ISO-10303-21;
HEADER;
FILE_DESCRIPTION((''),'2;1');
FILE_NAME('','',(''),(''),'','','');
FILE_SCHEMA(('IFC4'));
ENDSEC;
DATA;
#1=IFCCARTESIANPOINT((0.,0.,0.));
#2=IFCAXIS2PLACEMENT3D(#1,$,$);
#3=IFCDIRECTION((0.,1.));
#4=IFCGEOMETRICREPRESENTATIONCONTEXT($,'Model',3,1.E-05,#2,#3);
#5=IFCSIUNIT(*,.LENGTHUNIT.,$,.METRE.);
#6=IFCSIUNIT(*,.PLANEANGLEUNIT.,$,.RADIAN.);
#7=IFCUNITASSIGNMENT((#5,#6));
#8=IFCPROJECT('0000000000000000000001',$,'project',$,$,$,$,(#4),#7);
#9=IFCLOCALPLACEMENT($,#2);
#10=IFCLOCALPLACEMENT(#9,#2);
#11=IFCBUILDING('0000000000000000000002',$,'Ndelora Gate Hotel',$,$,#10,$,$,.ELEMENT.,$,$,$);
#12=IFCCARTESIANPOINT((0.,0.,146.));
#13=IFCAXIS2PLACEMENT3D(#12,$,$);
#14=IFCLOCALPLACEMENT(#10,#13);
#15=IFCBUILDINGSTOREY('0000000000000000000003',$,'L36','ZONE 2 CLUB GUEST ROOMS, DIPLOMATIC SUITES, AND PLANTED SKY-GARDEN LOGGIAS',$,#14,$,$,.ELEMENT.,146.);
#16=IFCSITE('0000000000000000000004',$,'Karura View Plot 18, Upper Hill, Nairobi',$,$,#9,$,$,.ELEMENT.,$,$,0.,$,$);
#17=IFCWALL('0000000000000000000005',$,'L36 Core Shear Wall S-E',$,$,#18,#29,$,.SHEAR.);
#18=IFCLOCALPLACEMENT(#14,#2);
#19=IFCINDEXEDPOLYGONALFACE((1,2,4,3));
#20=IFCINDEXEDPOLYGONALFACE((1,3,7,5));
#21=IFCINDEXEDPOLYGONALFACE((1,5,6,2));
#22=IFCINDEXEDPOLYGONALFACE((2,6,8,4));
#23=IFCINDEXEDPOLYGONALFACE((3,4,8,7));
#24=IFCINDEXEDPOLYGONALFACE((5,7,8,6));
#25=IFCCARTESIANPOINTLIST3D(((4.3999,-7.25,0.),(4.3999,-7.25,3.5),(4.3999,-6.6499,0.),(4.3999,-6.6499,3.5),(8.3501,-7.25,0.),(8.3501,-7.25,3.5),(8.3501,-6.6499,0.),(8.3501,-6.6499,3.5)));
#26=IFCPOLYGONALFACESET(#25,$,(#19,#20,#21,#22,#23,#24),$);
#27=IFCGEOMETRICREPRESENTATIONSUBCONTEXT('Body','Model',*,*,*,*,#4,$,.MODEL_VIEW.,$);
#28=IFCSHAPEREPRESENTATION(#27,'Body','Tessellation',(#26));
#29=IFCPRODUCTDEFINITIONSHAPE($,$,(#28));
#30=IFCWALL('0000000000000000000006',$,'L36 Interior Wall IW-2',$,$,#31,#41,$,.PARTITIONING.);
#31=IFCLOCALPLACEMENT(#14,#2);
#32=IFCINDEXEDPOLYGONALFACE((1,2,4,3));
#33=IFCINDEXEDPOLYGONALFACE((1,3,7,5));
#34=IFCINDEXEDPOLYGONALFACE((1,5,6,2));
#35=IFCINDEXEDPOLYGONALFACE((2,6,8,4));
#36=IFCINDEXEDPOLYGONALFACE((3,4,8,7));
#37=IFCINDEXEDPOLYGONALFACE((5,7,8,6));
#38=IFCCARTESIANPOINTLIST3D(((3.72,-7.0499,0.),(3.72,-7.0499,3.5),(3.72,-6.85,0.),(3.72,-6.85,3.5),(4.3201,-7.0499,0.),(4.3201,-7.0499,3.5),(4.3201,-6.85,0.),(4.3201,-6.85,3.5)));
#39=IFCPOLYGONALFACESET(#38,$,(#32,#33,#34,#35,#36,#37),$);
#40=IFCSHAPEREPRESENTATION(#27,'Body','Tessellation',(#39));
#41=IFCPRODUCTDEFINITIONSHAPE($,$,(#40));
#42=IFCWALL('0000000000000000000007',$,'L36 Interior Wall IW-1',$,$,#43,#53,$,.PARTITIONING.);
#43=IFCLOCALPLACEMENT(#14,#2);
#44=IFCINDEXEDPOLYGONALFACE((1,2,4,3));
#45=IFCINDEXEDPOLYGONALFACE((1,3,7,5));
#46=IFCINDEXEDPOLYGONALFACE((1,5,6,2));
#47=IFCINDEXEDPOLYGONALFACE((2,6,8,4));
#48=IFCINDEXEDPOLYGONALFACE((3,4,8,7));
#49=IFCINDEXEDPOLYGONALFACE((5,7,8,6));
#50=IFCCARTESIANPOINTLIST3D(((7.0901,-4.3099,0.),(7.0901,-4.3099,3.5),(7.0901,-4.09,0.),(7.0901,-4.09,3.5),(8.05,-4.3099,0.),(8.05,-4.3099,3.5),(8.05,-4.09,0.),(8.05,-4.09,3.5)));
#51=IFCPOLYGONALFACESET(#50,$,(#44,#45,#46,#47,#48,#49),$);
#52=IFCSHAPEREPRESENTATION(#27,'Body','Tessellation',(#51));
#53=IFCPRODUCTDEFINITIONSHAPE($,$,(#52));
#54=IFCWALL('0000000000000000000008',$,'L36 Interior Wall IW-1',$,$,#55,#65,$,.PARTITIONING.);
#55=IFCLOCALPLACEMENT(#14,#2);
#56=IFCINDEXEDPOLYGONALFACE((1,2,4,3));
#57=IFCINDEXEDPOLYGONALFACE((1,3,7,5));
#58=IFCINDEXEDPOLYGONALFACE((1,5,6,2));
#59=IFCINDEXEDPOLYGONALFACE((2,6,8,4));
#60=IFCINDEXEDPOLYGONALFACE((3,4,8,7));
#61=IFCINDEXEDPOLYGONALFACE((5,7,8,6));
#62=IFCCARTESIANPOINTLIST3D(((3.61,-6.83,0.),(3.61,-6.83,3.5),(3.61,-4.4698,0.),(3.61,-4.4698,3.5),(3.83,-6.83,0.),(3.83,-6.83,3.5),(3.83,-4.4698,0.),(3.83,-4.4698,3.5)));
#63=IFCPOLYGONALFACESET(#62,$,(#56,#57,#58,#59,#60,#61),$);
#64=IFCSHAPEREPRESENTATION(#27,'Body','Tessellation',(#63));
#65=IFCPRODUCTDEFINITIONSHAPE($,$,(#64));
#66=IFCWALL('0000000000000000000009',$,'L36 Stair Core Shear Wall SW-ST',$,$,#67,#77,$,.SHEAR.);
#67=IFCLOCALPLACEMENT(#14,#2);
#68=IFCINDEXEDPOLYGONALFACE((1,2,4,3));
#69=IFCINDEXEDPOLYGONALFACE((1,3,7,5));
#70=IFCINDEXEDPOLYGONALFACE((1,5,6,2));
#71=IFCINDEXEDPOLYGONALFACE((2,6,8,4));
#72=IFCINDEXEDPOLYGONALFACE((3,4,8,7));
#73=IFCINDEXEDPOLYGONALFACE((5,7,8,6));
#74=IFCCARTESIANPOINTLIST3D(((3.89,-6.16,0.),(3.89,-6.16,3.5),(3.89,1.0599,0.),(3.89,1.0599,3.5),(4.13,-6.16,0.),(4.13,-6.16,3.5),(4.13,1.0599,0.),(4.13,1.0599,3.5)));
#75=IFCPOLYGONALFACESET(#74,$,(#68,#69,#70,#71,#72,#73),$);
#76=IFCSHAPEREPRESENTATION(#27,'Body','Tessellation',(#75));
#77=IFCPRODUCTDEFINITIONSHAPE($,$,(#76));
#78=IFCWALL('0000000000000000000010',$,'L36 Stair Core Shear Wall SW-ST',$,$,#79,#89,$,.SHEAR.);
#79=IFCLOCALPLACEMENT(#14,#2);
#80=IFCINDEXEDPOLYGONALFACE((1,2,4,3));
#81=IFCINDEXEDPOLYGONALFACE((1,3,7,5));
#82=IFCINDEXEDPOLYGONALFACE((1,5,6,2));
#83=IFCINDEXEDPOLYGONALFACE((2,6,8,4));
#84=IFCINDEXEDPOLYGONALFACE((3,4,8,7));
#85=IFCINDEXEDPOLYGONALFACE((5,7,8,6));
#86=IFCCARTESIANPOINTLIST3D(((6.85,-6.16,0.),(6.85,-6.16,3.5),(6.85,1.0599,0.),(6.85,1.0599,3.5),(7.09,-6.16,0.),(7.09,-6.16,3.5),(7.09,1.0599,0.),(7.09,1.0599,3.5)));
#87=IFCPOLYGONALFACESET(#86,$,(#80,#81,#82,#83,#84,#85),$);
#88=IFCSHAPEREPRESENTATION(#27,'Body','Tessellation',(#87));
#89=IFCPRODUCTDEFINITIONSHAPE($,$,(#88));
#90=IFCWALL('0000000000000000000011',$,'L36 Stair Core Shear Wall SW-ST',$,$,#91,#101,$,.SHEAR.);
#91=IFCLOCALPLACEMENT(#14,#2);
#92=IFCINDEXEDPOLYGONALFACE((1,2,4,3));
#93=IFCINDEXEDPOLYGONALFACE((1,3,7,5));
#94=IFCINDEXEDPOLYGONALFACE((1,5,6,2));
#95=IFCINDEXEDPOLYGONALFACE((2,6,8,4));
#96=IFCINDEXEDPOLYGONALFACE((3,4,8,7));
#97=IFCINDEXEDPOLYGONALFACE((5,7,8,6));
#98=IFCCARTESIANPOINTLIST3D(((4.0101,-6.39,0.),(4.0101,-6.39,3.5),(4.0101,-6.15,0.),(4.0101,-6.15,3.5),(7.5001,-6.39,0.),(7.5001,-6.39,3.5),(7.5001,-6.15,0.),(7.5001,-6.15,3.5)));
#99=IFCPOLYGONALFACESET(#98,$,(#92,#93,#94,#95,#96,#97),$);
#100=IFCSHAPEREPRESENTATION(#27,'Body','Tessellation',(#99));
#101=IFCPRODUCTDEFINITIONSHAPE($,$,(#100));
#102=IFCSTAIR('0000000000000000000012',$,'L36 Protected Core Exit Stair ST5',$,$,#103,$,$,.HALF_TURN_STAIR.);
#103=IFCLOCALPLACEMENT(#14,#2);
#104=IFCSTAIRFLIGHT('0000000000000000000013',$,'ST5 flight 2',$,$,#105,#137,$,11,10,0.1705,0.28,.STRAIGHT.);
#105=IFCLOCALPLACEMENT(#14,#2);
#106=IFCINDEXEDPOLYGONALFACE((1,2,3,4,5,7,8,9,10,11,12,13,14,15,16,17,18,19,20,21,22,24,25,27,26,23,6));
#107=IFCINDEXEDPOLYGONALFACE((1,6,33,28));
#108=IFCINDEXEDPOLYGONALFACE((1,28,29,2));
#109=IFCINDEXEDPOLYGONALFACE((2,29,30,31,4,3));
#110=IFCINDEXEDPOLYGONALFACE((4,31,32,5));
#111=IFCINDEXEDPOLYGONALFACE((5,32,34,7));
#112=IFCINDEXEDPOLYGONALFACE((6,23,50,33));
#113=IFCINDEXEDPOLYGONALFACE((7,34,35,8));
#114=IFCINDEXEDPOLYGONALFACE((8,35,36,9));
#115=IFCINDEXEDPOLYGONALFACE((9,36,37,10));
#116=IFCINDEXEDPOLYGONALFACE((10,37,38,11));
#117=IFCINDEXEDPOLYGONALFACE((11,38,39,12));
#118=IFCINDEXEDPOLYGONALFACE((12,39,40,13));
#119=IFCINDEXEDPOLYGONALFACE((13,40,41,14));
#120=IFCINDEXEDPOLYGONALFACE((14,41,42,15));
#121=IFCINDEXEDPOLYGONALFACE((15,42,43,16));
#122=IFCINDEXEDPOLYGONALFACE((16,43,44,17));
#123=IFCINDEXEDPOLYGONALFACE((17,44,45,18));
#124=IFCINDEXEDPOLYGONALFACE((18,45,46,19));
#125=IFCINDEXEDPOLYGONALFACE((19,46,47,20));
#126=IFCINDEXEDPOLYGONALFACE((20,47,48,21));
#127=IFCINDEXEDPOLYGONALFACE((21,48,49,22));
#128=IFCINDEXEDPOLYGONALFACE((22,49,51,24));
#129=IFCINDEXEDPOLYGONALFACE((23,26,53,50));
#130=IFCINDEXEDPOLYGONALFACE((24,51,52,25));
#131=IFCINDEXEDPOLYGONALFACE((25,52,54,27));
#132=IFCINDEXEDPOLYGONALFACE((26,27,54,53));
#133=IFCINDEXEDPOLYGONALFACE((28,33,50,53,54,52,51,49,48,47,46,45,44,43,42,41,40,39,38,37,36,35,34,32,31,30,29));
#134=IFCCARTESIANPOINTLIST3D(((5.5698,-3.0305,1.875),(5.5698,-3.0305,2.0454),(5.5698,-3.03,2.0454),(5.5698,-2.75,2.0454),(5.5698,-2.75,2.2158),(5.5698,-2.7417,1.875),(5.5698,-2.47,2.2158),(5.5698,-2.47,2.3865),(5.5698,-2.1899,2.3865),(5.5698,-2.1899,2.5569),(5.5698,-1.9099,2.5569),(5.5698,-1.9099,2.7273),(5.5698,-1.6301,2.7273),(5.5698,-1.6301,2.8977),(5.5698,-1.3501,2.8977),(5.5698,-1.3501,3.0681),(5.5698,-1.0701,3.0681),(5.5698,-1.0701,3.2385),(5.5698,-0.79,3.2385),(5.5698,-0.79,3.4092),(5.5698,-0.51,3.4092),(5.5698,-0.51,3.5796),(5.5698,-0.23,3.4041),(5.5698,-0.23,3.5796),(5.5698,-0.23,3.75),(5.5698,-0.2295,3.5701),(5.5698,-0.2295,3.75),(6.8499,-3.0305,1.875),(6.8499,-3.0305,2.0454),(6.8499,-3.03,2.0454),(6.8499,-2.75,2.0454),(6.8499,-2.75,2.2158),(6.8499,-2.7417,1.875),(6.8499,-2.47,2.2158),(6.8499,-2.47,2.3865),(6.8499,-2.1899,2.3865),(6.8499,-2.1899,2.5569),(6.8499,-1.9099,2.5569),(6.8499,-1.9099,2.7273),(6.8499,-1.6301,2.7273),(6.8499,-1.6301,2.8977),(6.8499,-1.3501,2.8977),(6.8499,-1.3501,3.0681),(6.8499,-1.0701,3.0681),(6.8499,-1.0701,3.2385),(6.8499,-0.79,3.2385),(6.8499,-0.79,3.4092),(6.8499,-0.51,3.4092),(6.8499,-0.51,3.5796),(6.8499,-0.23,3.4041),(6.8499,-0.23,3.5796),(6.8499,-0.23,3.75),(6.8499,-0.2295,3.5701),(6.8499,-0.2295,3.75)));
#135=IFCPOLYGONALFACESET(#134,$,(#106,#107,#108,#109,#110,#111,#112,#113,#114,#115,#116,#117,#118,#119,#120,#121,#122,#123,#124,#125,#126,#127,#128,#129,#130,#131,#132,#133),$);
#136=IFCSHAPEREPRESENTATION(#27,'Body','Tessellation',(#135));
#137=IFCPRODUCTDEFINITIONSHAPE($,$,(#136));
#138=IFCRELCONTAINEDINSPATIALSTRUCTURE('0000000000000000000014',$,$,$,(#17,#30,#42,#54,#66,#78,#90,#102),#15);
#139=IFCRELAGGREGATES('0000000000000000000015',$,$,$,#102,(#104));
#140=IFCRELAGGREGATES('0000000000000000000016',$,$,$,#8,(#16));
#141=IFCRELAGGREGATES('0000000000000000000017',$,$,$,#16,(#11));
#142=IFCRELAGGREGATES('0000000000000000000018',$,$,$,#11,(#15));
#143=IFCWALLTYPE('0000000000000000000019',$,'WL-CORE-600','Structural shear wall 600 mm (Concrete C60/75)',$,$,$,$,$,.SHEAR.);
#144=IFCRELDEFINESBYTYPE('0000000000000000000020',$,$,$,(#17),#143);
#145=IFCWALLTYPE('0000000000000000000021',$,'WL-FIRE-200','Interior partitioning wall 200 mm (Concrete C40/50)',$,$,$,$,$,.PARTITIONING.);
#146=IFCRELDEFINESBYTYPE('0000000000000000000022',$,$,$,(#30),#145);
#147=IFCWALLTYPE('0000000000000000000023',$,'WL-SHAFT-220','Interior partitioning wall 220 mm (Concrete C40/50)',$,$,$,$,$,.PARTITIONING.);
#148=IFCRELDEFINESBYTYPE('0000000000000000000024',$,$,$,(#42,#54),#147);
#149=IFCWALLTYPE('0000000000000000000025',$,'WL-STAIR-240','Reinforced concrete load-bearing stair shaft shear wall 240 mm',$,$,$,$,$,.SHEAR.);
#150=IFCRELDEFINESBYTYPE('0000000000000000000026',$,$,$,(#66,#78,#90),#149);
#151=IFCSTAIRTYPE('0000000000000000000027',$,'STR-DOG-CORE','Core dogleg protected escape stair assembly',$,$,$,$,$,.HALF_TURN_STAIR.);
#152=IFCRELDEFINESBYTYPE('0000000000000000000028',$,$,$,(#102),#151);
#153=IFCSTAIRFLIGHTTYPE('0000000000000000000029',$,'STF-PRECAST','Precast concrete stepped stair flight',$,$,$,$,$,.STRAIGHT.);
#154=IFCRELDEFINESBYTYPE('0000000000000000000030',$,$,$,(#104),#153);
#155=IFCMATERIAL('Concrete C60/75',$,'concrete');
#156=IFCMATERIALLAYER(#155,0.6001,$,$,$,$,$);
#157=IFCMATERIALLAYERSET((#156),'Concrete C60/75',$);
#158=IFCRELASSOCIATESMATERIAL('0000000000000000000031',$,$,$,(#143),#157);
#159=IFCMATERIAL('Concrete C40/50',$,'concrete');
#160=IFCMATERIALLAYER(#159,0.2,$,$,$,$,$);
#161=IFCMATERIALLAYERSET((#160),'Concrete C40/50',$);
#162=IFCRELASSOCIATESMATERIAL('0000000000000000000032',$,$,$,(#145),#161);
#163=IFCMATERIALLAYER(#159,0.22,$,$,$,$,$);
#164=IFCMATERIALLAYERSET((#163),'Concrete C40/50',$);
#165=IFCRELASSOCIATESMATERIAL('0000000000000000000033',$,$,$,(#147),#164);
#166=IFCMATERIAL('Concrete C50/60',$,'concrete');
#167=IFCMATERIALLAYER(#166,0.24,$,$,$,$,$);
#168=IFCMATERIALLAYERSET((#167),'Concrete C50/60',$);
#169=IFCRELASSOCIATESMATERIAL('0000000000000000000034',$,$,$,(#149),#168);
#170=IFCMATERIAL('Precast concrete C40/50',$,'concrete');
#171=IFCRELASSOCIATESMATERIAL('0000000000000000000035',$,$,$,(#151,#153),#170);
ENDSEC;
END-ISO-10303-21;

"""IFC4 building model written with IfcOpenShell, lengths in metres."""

from ifc_helpers import new_model, si_unit, direction, frame, frame_2d, origin, place, context, subcontext, project, spatial, polyline, rectangle, outline, extrude, material, layer, layer_set, type_object, element, aggregate, save


model = new_model("IFC4")

# Units and contexts
model_context = context("Model", 3, precision=1e-05, world=origin(), true_north=direction((0.0, 1.0)))
body_context = subcontext(model_context, "Body", "Model", "MODEL_VIEW")
ifc_project = project(units=[si_unit("LENGTHUNIT", "METRE"), si_unit("PLANEANGLEUNIT", "RADIAN")], contexts=[model_context])

# Site, building, storey
site_placement = place(None, origin())
site = spatial("IfcSite", under=ifc_project, at=site_placement, Name="Karura View Plot 18, Upper Hill, Nairobi", CompositionType="ELEMENT", RefElevation=0.0)
building_placement = place(site_placement, origin())
building = spatial("IfcBuilding", under=site, at=building_placement, Name="Ndelora Gate Hotel", CompositionType="ELEMENT")
storey_placement = place(building_placement, frame((0.0, 0.0, 146.0)))
storey = spatial("IfcBuildingStorey", under=building, at=storey_placement, Name="L36", Description="ZONE 2 CLUB GUEST ROOMS, DIPLOMATIC SUITES, AND PLANTED SKY-GARDEN LOGGIAS", CompositionType="ELEMENT", Elevation=146.0)

# Shared definitions
ifc_material_1 = material(Name="Concrete C60/75", Category="concrete")

# Walls
ifc_layer_1 = layer(ifc_material_1, 0.6001)
ifc_layer_set_1 = layer_set([ifc_layer_1], Name="Concrete C60/75")
wall_type_1 = type_object("IfcWallType", Name="WL-CORE-600", Description="Structural shear wall 600 mm (Concrete C60/75)", PredefinedType="SHEAR", material=ifc_layer_set_1)
wall_1_placement = place(storey_placement, frame((4.3999, -6.95, 0.0), z_axis=(0.0, 0.0, 1.0), x_axis=(1.0, 0.0, 0.0)))
element("IfcWall", 1, at=wall_1_placement, inside=storey, type_object=wall_type_1, Name="L36 Core Shear Wall S-E", PredefinedType="SHEAR", context=body_context, shape_type="SweptSolid", body=[
    extrude(rectangle(XDim=3.9502, YDim=0.6001, at=frame_2d((1.9751, 0.0))), origin(), (0.0, 0.0, 1.0), 3.5),
])
ifc_material_2 = material(Name="Concrete C40/50", Category="concrete")
ifc_layer_2 = layer(ifc_material_2, 0.2)
ifc_layer_set_2 = layer_set([ifc_layer_2], Name="Concrete C40/50")
wall_type_2 = type_object("IfcWallType", Name="WL-FIRE-200", Description="Interior partitioning wall 200 mm (Concrete C40/50)", PredefinedType="PARTITIONING", material=ifc_layer_set_2)
wall_2_placement = place(storey_placement, frame((3.72, -6.95, 0.0), z_axis=(0.0, 0.0, 1.0), x_axis=(1.0, 0.0, 0.0)))
element("IfcWall", 2, at=wall_2_placement, inside=storey, type_object=wall_type_2, Name="L36 Interior Wall IW-2", PredefinedType="PARTITIONING", context=body_context, shape_type="SweptSolid", body=[
    extrude(rectangle(XDim=0.6001, YDim=0.2, at=frame_2d((0.3, 0.0))), origin(), (0.0, 0.0, 1.0), 3.5),
])
ifc_layer_3 = layer(ifc_material_2, 0.22)
ifc_layer_set_3 = layer_set([ifc_layer_3], Name="Concrete C40/50")
wall_type_3 = type_object("IfcWallType", Name="WL-SHAFT-220", Description="Interior partitioning wall 220 mm (Concrete C40/50)", PredefinedType="PARTITIONING", material=ifc_layer_set_3)
wall_3_placement = place(storey_placement, frame((7.0901, -4.2, 0.0), z_axis=(0.0, 0.0, 1.0), x_axis=(1.0, 0.0, 0.0)))
element("IfcWall", 3, at=wall_3_placement, inside=storey, type_object=wall_type_3, Name="L36 Interior Wall IW-1", PredefinedType="PARTITIONING", context=body_context, shape_type="SweptSolid", body=[
    extrude(rectangle(XDim=0.96, YDim=0.22, at=frame_2d((0.48, 0.0))), origin(), (0.0, 0.0, 1.0), 3.5),
])
wall_4_placement = place(storey_placement, frame((3.72, -6.8301, 0.0), z_axis=(0.0, 0.0, 1.0), x_axis=(0.0, 1.0, 0.0)))
element("IfcWall", 4, at=wall_4_placement, inside=storey, type_object=wall_type_3, Name="L36 Interior Wall IW-1", PredefinedType="PARTITIONING", context=body_context, shape_type="SweptSolid", body=[
    extrude(rectangle(XDim=2.3601, YDim=0.22, at=frame_2d((1.1802, 0.0))), origin(), (0.0, 0.0, 1.0), 3.5),
])
ifc_material_3 = material(Name="Concrete C50/60", Category="concrete")
ifc_layer_4 = layer(ifc_material_3, 0.24)
ifc_layer_set_4 = layer_set([ifc_layer_4], Name="Concrete C50/60")
wall_type_4 = type_object("IfcWallType", Name="WL-STAIR-240", Description="Reinforced concrete load-bearing stair shaft shear wall 240 mm", PredefinedType="SHEAR", material=ifc_layer_set_4)
for number, where, z_axis, x_axis, name in (
    (5, (4.01, -6.1599, 0.0), (0.0, 0.0, 1.0), (0.0, 1.0, 0.0), "L36 Stair Core Shear Wall SW-ST"),
    (6, (6.97, -6.1599, 0.0), (0.0, 0.0, 1.0), (0.0, 1.0, 0.0), "L36 Stair Core Shear Wall SW-ST"),
):
    element("IfcWall", number, at=place(storey_placement, frame(where, z_axis=z_axis, x_axis=x_axis)), inside=storey, type_object=wall_type_4, Name=name, PredefinedType="SHEAR", context=body_context, shape_type="SweptSolid", body=[
        extrude(rectangle(XDim=7.22, YDim=0.24, at=frame_2d((3.6099, 0.0))), origin(), (0.0, 0.0, 1.0), 3.5),
    ])
wall_5_placement = place(storey_placement, frame((4.01, -6.27, 0.0), z_axis=(0.0, 0.0, 1.0), x_axis=(1.0, 0.0, 0.0)))
element("IfcWall", 7, at=wall_5_placement, inside=storey, type_object=wall_type_4, Name="L36 Stair Core Shear Wall SW-ST", PredefinedType="SHEAR", context=body_context, shape_type="SweptSolid", body=[
    extrude(rectangle(XDim=3.49, YDim=0.24, at=frame_2d((1.7451, 0.0))), origin(), (0.0, 0.0, 1.0), 3.5),
])

# Stair, stair flight
ifc_material_4 = material(Name="Precast concrete C40/50", Category="concrete")
stair_type = type_object("IfcStairType", Name="STR-DOG-CORE", Description="Core dogleg protected escape stair assembly", PredefinedType="HALF_TURN_STAIR", material=ifc_material_4)
stair_placement = place(storey_placement, origin())
stair = element("IfcStair", 8, at=stair_placement, inside=storey, type_object=stair_type, Name="L36 Protected Core Exit Stair ST5", PredefinedType="HALF_TURN_STAIR")
stair_flight_type = type_object("IfcStairFlightType", Name="STF-PRECAST", Description="Precast concrete stepped stair flight", PredefinedType="STRAIGHT", material=ifc_material_4)
stair_flight_placement = place(storey_placement, frame((6.21, -3.03, 1.875), z_axis=(0.0, 0.0, 1.0), x_axis=(0.0, 1.0, 0.0)))
stair_flight = element("IfcStairFlight", 9, at=stair_flight_placement, type_object=stair_flight_type, Name="ST5 flight 2", NumberOfRisers=11, NumberOfTreads=10, PredefinedType="STRAIGHT", RiserHeight=0.1705, TreadLength=0.28, context=body_context, shape_type="SweptSolid", body=[
    extrude(outline(polyline([(-0.0005, 0.0), (-0.0005, 0.1704), (0.0, 0.1704), (0.28, 0.1704), (0.28, 0.3408), (0.5601, 0.3408), (0.5601, 0.5115), (0.8401, 0.5115), (0.8401, 0.6819), (1.1201, 0.6819), (1.1201, 0.8523), (1.3999, 0.8523), (1.3999, 1.0227), (1.6799, 1.0227), (1.6799, 1.1931), (1.96, 1.1931), (1.96, 1.3635), (2.24, 1.3635), (2.24, 1.5342), (2.52, 1.5342), (2.52, 1.7046), (2.8, 1.7046), (2.8, 1.875), (2.8005, 1.875), (2.8005, 1.6951), (2.8, 1.5291), (0.2883, 0.0), (-0.0005, 0.0)])), frame((0.0, 0.6401, 0.0), z_axis=(0.0, -1.0, 0.0), x_axis=(1.0, 0.0, 0.0)), (0.0, 0.0, 1.0), 1.28),
])
aggregate(stair, [stair_flight])

save(model, "model.ifc")
